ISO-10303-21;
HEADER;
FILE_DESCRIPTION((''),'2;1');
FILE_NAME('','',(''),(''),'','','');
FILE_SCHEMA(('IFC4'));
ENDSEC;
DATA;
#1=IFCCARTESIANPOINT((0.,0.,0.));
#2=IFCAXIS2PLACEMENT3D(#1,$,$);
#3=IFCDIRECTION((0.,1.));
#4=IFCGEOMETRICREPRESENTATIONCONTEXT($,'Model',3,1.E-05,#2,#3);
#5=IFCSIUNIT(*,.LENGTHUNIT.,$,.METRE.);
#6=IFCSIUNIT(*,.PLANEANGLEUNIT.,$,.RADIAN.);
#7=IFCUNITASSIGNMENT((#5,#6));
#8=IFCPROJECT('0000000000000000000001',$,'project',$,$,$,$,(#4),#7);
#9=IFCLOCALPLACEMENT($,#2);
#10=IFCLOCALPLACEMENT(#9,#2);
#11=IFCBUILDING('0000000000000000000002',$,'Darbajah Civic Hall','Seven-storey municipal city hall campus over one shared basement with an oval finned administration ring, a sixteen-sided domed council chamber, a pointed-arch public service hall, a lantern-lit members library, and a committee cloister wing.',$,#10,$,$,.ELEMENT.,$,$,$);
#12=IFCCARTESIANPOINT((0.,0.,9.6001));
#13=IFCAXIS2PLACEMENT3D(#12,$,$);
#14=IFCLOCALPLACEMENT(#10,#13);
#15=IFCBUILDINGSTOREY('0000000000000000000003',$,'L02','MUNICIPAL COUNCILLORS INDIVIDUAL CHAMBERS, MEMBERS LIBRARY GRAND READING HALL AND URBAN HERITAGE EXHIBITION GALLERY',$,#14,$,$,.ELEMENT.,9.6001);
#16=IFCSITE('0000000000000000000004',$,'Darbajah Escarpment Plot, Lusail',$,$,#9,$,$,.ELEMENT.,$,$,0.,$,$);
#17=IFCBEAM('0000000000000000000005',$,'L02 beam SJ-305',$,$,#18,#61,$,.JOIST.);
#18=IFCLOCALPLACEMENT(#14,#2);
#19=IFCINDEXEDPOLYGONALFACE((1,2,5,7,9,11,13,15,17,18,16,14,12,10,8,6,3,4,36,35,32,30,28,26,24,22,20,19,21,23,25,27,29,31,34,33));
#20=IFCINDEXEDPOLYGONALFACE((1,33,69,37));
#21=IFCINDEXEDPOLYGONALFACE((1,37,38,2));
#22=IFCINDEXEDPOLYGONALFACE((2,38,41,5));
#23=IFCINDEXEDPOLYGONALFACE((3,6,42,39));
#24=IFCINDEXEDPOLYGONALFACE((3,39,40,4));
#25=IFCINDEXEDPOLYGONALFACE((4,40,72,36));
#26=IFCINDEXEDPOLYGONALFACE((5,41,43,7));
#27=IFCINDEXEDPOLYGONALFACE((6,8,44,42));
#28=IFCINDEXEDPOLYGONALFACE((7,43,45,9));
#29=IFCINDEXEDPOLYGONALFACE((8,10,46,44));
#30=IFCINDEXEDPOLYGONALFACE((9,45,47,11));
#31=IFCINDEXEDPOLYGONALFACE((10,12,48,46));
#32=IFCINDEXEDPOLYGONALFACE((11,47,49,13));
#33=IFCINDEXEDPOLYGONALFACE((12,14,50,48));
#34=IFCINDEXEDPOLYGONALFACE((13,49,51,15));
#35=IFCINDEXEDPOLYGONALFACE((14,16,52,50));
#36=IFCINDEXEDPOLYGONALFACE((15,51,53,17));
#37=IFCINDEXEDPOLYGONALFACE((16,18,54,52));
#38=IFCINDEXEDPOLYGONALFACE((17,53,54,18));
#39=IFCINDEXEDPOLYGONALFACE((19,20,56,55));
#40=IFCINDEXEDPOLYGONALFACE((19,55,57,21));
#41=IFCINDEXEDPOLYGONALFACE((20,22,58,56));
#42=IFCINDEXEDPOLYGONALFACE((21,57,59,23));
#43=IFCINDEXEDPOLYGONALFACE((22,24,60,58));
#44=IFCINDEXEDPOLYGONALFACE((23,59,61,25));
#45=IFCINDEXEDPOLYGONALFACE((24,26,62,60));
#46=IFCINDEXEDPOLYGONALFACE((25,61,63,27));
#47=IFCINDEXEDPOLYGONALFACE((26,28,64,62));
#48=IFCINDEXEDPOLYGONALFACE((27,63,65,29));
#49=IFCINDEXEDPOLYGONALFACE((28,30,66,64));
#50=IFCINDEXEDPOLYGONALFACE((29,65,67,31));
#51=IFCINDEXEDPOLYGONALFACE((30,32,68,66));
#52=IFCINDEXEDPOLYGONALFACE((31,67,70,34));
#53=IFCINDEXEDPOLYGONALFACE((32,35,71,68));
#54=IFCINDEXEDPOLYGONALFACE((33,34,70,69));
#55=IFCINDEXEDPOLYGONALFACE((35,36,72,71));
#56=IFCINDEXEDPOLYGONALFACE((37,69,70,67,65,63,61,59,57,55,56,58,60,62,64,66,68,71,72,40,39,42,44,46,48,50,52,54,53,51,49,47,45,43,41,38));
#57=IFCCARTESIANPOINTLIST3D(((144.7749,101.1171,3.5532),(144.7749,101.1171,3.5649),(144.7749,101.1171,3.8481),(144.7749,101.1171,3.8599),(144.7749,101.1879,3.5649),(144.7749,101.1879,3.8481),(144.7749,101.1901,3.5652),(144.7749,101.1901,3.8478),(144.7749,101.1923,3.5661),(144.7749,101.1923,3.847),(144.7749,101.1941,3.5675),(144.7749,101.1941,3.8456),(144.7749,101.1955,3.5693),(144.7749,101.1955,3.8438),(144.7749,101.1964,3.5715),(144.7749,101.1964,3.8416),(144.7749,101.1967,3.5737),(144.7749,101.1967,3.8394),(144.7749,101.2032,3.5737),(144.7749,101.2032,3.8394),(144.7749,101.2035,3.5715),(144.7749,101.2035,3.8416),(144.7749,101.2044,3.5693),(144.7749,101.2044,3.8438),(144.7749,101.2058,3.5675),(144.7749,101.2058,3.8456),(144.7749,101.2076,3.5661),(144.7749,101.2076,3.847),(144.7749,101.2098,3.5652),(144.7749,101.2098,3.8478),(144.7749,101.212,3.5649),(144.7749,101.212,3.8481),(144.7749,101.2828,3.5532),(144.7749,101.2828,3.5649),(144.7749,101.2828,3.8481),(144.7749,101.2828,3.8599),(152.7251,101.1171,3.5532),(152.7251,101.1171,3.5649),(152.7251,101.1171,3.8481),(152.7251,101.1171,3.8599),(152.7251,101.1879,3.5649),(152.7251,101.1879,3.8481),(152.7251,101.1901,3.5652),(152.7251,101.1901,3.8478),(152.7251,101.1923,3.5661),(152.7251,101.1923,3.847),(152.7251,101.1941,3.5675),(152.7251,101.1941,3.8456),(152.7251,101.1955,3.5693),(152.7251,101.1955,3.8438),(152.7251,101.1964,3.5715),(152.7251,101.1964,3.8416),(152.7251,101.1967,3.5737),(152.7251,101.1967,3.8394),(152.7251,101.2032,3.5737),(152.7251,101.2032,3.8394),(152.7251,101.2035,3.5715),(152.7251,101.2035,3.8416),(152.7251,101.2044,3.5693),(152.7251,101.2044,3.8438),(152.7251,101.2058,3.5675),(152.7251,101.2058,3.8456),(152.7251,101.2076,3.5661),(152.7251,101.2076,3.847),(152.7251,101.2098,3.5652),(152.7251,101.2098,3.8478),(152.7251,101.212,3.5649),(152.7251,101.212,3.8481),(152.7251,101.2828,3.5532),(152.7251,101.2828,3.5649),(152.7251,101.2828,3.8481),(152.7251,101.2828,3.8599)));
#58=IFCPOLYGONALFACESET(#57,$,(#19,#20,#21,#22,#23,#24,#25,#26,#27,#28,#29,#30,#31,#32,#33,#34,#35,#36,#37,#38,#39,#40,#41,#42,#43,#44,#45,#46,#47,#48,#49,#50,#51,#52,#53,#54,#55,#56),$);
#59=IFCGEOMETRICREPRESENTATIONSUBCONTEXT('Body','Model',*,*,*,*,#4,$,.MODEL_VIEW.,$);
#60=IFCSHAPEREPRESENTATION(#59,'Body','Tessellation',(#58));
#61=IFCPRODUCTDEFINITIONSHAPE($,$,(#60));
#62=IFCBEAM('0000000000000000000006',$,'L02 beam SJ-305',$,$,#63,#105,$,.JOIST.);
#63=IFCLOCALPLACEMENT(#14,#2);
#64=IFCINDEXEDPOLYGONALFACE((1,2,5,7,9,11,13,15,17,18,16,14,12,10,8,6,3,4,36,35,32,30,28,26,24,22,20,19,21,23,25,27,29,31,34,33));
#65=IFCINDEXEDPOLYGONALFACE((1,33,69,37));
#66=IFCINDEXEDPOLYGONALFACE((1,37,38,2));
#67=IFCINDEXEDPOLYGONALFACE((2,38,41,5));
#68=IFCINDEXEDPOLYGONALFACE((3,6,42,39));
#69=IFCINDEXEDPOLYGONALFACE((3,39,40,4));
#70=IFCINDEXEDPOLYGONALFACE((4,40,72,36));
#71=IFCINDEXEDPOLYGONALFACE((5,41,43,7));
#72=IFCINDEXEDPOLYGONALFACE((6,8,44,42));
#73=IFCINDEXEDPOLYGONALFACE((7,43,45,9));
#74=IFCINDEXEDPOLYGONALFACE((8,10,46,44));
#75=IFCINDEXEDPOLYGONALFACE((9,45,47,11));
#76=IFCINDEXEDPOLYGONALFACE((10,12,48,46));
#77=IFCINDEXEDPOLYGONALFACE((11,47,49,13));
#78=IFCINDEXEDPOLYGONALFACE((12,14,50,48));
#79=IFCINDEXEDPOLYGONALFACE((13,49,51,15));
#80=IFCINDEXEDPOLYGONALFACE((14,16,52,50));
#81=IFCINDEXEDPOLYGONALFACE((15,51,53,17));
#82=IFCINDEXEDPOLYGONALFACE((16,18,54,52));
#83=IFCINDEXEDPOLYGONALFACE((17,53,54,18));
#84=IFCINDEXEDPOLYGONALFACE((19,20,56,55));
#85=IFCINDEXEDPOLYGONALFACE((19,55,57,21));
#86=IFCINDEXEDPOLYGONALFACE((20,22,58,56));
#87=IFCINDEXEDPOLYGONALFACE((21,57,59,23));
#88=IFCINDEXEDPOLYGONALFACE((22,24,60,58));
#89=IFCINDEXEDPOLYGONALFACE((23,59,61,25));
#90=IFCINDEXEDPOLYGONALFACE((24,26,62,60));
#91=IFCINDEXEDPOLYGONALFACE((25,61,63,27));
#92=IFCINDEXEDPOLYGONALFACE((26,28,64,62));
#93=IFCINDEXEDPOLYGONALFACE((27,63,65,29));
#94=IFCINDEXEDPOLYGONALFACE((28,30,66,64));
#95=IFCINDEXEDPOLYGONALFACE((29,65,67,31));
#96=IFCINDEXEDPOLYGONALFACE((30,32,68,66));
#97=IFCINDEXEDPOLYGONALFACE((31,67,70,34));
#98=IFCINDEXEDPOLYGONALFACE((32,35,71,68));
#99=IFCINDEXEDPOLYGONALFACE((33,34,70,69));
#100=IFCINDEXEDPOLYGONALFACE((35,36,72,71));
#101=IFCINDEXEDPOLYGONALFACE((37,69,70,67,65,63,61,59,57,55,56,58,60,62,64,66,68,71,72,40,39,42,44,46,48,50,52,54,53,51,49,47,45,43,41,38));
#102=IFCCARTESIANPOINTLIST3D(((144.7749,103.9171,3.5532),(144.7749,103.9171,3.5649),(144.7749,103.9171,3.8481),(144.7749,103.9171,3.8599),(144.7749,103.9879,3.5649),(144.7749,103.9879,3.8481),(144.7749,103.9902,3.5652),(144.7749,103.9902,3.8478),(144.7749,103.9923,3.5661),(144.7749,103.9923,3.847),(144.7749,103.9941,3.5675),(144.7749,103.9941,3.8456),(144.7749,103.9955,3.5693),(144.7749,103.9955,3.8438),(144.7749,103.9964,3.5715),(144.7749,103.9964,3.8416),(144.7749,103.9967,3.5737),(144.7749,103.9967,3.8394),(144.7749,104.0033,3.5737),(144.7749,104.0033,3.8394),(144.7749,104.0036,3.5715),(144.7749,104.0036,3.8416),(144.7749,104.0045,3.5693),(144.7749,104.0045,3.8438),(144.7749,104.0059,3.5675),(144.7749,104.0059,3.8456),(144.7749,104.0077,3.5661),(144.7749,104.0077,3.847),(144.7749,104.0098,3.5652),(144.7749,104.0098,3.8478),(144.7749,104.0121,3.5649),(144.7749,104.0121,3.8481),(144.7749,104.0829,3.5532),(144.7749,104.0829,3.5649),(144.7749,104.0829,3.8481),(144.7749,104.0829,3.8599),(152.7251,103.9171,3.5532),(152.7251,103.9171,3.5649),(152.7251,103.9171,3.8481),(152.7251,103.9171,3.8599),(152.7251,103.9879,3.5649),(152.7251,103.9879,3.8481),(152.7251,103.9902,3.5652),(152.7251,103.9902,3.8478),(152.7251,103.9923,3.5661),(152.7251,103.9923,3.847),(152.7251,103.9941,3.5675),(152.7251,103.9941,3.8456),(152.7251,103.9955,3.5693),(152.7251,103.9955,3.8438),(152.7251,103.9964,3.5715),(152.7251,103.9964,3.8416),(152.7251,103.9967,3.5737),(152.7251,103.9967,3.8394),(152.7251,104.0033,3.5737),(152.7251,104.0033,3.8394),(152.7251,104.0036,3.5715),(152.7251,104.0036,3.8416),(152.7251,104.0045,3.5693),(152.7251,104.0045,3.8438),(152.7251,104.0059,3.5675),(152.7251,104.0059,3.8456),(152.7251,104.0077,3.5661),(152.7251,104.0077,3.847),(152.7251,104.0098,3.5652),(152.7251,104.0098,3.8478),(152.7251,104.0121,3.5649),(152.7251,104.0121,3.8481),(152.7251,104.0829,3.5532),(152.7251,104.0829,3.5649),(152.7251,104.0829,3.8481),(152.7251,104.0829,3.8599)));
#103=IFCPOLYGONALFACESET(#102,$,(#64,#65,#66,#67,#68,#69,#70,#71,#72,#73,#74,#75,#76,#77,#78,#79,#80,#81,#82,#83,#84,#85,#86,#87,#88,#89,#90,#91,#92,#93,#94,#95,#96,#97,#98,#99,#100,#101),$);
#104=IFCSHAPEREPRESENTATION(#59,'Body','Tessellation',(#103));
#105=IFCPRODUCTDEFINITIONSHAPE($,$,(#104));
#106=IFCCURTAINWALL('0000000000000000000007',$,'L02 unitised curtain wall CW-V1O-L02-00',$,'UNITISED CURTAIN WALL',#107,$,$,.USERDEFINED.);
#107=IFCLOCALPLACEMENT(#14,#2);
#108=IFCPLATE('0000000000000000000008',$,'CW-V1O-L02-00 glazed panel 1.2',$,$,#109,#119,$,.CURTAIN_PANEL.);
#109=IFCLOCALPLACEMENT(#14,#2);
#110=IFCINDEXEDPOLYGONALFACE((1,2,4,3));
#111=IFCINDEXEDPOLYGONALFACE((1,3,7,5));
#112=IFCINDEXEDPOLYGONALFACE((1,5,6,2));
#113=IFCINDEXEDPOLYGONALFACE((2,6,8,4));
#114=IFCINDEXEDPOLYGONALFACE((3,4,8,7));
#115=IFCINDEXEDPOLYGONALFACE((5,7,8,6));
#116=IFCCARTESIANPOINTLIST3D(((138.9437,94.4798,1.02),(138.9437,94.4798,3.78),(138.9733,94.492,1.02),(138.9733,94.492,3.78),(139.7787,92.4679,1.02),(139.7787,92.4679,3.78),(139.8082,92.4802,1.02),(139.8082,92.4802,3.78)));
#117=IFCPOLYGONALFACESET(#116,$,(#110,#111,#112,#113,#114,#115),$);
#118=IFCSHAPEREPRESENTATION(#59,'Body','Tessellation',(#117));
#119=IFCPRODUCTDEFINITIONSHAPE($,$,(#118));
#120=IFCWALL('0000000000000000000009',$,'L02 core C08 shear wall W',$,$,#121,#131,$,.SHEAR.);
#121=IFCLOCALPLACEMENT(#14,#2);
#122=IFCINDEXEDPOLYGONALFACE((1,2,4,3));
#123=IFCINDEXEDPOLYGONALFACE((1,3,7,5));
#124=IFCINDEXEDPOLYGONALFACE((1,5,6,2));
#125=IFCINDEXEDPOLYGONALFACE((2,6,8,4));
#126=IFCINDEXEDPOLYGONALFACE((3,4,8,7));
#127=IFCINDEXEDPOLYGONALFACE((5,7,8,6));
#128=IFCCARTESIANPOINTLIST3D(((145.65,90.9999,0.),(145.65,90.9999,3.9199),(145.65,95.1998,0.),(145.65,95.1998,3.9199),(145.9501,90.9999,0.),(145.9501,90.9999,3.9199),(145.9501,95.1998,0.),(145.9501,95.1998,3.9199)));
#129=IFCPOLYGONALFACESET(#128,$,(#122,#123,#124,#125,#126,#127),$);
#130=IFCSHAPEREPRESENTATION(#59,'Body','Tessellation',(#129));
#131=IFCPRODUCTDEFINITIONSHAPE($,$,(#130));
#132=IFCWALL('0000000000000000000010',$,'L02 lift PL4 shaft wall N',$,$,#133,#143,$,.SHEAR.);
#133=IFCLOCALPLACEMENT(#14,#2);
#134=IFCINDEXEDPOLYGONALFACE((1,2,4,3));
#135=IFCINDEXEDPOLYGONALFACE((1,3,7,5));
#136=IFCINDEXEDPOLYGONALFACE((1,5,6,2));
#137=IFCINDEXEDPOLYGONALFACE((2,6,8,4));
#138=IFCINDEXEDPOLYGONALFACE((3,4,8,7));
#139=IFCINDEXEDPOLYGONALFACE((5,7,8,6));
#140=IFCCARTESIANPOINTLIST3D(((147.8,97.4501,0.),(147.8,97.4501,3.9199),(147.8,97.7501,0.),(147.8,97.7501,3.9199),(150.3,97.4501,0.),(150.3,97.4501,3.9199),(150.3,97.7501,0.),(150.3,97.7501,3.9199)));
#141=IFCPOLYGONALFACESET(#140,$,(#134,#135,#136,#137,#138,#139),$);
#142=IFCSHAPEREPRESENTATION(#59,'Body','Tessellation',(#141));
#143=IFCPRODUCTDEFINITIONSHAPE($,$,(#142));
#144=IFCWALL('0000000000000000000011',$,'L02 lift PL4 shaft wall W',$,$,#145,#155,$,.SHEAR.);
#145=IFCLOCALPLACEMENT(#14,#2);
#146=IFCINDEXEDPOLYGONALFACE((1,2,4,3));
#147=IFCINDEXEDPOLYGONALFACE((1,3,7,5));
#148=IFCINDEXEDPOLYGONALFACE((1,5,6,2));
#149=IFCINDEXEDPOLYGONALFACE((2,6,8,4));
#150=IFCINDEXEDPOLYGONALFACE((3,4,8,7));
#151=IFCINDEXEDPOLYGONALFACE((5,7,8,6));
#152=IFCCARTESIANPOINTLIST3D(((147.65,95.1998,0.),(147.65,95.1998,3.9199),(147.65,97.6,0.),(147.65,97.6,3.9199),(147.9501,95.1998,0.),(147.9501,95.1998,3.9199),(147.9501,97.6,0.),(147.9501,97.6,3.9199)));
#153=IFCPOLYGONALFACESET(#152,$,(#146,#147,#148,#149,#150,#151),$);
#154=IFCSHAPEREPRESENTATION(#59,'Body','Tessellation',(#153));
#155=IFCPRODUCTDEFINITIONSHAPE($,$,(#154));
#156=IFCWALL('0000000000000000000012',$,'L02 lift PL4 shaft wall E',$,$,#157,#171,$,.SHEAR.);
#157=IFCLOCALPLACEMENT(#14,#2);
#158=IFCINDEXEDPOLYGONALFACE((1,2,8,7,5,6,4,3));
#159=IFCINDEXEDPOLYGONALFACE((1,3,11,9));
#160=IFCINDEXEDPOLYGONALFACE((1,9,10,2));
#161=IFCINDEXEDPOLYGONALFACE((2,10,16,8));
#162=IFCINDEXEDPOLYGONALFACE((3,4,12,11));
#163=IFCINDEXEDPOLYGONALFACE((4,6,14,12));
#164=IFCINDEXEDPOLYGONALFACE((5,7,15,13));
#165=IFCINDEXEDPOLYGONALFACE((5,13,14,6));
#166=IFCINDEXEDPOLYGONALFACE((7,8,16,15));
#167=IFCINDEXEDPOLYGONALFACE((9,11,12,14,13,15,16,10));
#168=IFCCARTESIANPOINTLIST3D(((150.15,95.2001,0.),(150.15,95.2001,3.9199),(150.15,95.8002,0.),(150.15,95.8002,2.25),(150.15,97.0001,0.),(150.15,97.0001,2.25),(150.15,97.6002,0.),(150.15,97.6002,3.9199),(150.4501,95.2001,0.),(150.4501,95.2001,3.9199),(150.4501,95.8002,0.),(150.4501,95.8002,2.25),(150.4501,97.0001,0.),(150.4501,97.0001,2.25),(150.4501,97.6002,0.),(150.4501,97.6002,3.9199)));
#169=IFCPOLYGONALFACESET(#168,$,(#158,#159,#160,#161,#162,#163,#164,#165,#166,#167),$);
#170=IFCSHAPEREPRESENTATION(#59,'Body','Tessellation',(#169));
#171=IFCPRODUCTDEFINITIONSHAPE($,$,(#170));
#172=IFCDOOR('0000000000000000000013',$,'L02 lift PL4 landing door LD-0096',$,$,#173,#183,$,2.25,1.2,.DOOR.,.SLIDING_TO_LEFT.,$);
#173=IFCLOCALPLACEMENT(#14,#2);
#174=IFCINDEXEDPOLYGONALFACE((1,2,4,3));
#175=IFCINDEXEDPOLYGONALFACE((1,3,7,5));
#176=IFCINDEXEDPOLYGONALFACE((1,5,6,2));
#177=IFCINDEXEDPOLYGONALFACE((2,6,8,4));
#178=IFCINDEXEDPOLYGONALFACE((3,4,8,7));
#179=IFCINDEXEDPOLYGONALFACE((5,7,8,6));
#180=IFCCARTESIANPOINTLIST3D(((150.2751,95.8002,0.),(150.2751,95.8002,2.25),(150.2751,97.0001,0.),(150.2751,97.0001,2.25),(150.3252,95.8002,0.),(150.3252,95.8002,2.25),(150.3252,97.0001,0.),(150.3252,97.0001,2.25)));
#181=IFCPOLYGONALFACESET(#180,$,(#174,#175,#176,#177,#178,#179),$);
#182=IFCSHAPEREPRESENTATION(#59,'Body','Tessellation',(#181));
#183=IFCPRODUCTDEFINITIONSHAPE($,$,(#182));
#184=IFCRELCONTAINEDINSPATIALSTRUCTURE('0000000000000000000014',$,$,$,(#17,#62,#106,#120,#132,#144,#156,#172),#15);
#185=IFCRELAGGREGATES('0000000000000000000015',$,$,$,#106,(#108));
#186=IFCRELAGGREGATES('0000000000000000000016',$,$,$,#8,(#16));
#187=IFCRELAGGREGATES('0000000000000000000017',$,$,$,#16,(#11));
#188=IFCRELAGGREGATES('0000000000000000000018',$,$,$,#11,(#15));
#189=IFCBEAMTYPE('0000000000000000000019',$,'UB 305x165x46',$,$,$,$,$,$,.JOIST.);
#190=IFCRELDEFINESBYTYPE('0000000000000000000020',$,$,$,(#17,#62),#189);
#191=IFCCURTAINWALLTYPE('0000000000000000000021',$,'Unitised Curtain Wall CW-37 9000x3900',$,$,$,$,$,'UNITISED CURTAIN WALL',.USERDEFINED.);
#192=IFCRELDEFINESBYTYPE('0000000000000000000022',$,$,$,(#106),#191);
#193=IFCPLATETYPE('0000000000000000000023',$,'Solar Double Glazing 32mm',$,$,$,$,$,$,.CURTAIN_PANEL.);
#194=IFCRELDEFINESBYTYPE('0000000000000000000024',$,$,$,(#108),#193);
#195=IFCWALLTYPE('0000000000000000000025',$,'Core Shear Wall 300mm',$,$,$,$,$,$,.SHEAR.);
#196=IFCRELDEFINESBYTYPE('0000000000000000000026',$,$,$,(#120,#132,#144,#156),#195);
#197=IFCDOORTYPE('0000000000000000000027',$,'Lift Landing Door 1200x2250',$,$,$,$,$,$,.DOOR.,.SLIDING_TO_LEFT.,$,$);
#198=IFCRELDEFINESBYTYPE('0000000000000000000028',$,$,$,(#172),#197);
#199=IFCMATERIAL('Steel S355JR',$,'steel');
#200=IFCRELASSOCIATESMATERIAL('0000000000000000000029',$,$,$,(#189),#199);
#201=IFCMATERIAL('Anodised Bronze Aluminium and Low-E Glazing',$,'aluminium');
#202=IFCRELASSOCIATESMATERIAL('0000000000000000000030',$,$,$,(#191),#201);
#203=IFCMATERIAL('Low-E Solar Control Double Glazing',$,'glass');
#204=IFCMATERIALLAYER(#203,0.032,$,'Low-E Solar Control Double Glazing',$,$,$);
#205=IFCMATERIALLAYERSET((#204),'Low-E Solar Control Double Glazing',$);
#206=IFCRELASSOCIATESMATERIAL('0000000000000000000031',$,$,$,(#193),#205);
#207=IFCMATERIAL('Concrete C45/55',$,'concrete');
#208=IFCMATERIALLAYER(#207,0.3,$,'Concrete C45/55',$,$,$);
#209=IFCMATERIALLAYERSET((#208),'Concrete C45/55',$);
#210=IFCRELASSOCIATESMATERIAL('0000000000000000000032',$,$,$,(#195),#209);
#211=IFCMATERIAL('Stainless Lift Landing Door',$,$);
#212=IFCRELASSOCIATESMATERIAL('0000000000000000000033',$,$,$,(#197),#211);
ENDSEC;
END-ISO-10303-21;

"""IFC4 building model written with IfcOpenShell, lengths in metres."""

from ifc_helpers import new_model, si_unit, direction, frame, frame_2d, origin, origin_2d, place, context, subcontext, project, spatial, rectangle, i_section, extrude, material, layer, layer_set, material_profile, profile_set, type_object, element, fill, aggregate, save


model = new_model("IFC4")

# Units and contexts
model_context = context("Model", 3, precision=1e-05, world=origin(), true_north=direction((0.0, 1.0)))
body_context = subcontext(model_context, "Body", "Model", "MODEL_VIEW")
ifc_project = project(units=[si_unit("LENGTHUNIT", "METRE"), si_unit("PLANEANGLEUNIT", "RADIAN")], contexts=[model_context])

# Site, building, storey
site_placement = place(None, origin())
site = spatial("IfcSite", under=ifc_project, at=site_placement, Name="Darbajah Escarpment Plot, Lusail", CompositionType="ELEMENT", RefElevation=0.0)
building_placement = place(site_placement, origin())
building = spatial("IfcBuilding", under=site, at=building_placement, Name="Darbajah Civic Hall", Description="Seven-storey municipal city hall campus over one shared basement with an oval finned administration ring, a sixteen-sided domed council chamber, a pointed-arch public service hall, a lantern-lit members library, and a committee cloister wing.", CompositionType="ELEMENT")
storey_placement = place(building_placement, frame((0.0, 0.0, 9.6001)))
storey = spatial("IfcBuildingStorey", under=building, at=storey_placement, Name="L02", Description="MUNICIPAL COUNCILLORS INDIVIDUAL CHAMBERS, MEMBERS LIBRARY GRAND READING HALL AND URBAN HERITAGE EXHIBITION GALLERY", CompositionType="ELEMENT", Elevation=9.6001)

# Shared definitions
ifc_material_1 = material(Name="Concrete C45/55", Category="concrete")

# Beams
ifc_material_2 = material(Name="Steel S355JR", Category="steel")
ifc_material_profile_1 = material_profile(ifc_material_2, i_section(OverallWidth=0.1658, OverallDepth=0.3066, WebThickness=0.0066, FlangeThickness=0.0117, FilletRadius=0.0088, at=origin_2d()), Name="UB 305x165x46")
ifc_profile_set_1 = profile_set([ifc_material_profile_1], Name="Steel S355JR")
beam_type_1 = type_object("IfcBeamType", Name="UB 305x165x46", PredefinedType="JOIST", material=ifc_profile_set_1)
for number, where, z_axis, x_axis, name in (
    (1, (144.7749, 101.2, 3.7065), (1.0, 0.0, 0.0), (0.0, 1.0, 0.0), "L02 beam SJ-305"),
    (2, (144.7749, 104.0, 3.7065), (1.0, 0.0, 0.0), (0.0, 1.0, 0.0), "L02 beam SJ-305"),
):
    element("IfcBeam", number, at=place(storey_placement, frame(where, z_axis=z_axis, x_axis=x_axis)), inside=storey, type_object=beam_type_1, Name=name, PredefinedType="JOIST", context=body_context, shape_type="SweptSolid", body=[
        extrude(i_section(OverallWidth=0.1658, OverallDepth=0.3066, WebThickness=0.0066, FlangeThickness=0.0117, FilletRadius=0.0088, at=origin_2d()), origin(), (0.0, 0.0, 1.0), 7.9502),
    ])

# Curtain wall, plate
ifc_material_3 = material(Name="Anodised Bronze Aluminium and Low-E Glazing", Category="aluminium")
curtain_wall_type = type_object("IfcCurtainWallType", Name="Unitised Curtain Wall CW-37 9000x3900", ElementType="UNITISED CURTAIN WALL", PredefinedType="USERDEFINED", material=ifc_material_3)
curtain_wall_placement = place(storey_placement, origin())
curtain_wall = element("IfcCurtainWall", 3, at=curtain_wall_placement, inside=storey, type_object=curtain_wall_type, Name="L02 unitised curtain wall CW-V1O-L02-00", ObjectType="UNITISED CURTAIN WALL", PredefinedType="USERDEFINED")
ifc_material_4 = material(Name="Low-E Solar Control Double Glazing", Category="glass")
ifc_layer_1 = layer(ifc_material_4, 0.032, Name="Low-E Solar Control Double Glazing")
ifc_layer_set_1 = layer_set([ifc_layer_1], Name="Low-E Solar Control Double Glazing")
plate_type = type_object("IfcPlateType", Name="Solar Double Glazing 32mm", PredefinedType="CURTAIN_PANEL", material=ifc_layer_set_1)
plate_placement = place(storey_placement, frame((139.376, 93.48, 1.02), z_axis=(0.0, 0.0, 1.0), x_axis=(-0.383328, 0.923612, 0.0)))
plate = element("IfcPlate", 4, at=plate_placement, type_object=plate_type, Name="CW-V1O-L02-00 glazed panel 1.2", PredefinedType="CURTAIN_PANEL", context=body_context, shape_type="SweptSolid", body=[
    extrude(rectangle(XDim=2.1782, YDim=0.032, at=origin_2d()), origin(), (0.0, 0.0, 1.0), 2.76),
])
aggregate(curtain_wall, [plate])

# Walls
ifc_layer_2 = layer(ifc_material_1, 0.3, Name="Concrete C45/55")
ifc_layer_set_2 = layer_set([ifc_layer_2], Name="Concrete C45/55")
wall_type_1 = type_object("IfcWallType", Name="Core Shear Wall 300mm", PredefinedType="SHEAR", material=ifc_layer_set_2)
wall_1_placement = place(storey_placement, frame((145.8, 95.2, 0.0), z_axis=(0.0, 0.0, 1.0), x_axis=(0.0, -1.0, 0.0)))
element("IfcWall", 5, at=wall_1_placement, inside=storey, type_object=wall_type_1, Name="L02 core C08 shear wall W", PredefinedType="SHEAR", context=body_context, shape_type="SweptSolid", body=[
    extrude(rectangle(XDim=4.2, YDim=0.3, at=frame_2d((2.1001, 0.0))), origin(), (0.0, 0.0, 1.0), 3.9199),
])
wall_2_placement = place(storey_placement, frame((150.3, 97.6001, 0.0), z_axis=(0.0, 0.0, 1.0), x_axis=(-1.0, 0.0, 0.0)))
element("IfcWall", 6, at=wall_2_placement, inside=storey, type_object=wall_type_1, Name="L02 lift PL4 shaft wall N", PredefinedType="SHEAR", context=body_context, shape_type="SweptSolid", body=[
    extrude(rectangle(XDim=2.5, YDim=0.3, at=frame_2d((1.25, 0.0))), origin(), (0.0, 0.0, 1.0), 3.9199),
])
wall_3_placement = place(storey_placement, frame((147.8, 97.6001, 0.0), z_axis=(0.0, 0.0, 1.0), x_axis=(0.0, -1.0, 0.0)))
element("IfcWall", 7, at=wall_3_placement, inside=storey, type_object=wall_type_1, Name="L02 lift PL4 shaft wall W", PredefinedType="SHEAR", context=body_context, shape_type="SweptSolid", body=[
    extrude(rectangle(XDim=2.4001, YDim=0.3, at=frame_2d((1.2002, 0.0))), origin(), (0.0, 0.0, 1.0), 3.9199),
])

# Wall, opening, door
wall_4_placement = place(storey_placement, frame((150.3, 95.2, 0.0), z_axis=(0.0, 0.0, 1.0), x_axis=(0.0, 1.0, 0.0)))
wall_4 = element("IfcWall", 8, at=wall_4_placement, inside=storey, type_object=wall_type_1, Name="L02 lift PL4 shaft wall E", PredefinedType="SHEAR", context=body_context, shape_type="SweptSolid", body=[
    extrude(rectangle(XDim=2.4001, YDim=0.3, at=frame_2d((1.2002, 0.0))), origin(), (0.0, 0.0, 1.0), 3.9199),
])
opening_1_placement = place(wall_4_placement, frame((0.6001, 0.0, 0.0)))
opening_1 = element("IfcOpeningElement", 9, at=opening_1_placement, cuts=wall_4, PredefinedType="OPENING", context=body_context, shape_type="SweptSolid", body=[
    extrude(rectangle(XDim=1.2, YDim=2.25, at=frame_2d((0.6001, 1.125))), frame((0.0, 0.1599, 0.0), z_axis=(0.0, -1.0, 0.0), x_axis=(1.0, 0.0, 0.0)), (0.0, 0.0, 1.0), 0.3201),
])
ifc_material_5 = material(Name="Stainless Lift Landing Door")
door_type = type_object("IfcDoorType", Name="Lift Landing Door 1200x2250", OperationType="SLIDING_TO_LEFT", PredefinedType="DOOR", material=ifc_material_5)
door_placement = place(opening_1_placement, origin())
door = element("IfcDoor", 10, at=door_placement, inside=storey, type_object=door_type, Name="L02 lift PL4 landing door LD-0096", OperationType="SLIDING_TO_LEFT", OverallHeight=2.25, OverallWidth=1.2, PredefinedType="DOOR", context=body_context, shape_type="SweptSolid", body=[
    extrude(rectangle(XDim=1.2, YDim=2.25, at=frame_2d((0.6001, 1.125))), frame((0.0, 0.0249, 0.0), z_axis=(0.0, -1.0, 0.0), x_axis=(1.0, 0.0, 0.0)), (0.0, 0.0, 1.0), 0.05),
])
fill(opening_1, door)

save(model, "model.ifc")
